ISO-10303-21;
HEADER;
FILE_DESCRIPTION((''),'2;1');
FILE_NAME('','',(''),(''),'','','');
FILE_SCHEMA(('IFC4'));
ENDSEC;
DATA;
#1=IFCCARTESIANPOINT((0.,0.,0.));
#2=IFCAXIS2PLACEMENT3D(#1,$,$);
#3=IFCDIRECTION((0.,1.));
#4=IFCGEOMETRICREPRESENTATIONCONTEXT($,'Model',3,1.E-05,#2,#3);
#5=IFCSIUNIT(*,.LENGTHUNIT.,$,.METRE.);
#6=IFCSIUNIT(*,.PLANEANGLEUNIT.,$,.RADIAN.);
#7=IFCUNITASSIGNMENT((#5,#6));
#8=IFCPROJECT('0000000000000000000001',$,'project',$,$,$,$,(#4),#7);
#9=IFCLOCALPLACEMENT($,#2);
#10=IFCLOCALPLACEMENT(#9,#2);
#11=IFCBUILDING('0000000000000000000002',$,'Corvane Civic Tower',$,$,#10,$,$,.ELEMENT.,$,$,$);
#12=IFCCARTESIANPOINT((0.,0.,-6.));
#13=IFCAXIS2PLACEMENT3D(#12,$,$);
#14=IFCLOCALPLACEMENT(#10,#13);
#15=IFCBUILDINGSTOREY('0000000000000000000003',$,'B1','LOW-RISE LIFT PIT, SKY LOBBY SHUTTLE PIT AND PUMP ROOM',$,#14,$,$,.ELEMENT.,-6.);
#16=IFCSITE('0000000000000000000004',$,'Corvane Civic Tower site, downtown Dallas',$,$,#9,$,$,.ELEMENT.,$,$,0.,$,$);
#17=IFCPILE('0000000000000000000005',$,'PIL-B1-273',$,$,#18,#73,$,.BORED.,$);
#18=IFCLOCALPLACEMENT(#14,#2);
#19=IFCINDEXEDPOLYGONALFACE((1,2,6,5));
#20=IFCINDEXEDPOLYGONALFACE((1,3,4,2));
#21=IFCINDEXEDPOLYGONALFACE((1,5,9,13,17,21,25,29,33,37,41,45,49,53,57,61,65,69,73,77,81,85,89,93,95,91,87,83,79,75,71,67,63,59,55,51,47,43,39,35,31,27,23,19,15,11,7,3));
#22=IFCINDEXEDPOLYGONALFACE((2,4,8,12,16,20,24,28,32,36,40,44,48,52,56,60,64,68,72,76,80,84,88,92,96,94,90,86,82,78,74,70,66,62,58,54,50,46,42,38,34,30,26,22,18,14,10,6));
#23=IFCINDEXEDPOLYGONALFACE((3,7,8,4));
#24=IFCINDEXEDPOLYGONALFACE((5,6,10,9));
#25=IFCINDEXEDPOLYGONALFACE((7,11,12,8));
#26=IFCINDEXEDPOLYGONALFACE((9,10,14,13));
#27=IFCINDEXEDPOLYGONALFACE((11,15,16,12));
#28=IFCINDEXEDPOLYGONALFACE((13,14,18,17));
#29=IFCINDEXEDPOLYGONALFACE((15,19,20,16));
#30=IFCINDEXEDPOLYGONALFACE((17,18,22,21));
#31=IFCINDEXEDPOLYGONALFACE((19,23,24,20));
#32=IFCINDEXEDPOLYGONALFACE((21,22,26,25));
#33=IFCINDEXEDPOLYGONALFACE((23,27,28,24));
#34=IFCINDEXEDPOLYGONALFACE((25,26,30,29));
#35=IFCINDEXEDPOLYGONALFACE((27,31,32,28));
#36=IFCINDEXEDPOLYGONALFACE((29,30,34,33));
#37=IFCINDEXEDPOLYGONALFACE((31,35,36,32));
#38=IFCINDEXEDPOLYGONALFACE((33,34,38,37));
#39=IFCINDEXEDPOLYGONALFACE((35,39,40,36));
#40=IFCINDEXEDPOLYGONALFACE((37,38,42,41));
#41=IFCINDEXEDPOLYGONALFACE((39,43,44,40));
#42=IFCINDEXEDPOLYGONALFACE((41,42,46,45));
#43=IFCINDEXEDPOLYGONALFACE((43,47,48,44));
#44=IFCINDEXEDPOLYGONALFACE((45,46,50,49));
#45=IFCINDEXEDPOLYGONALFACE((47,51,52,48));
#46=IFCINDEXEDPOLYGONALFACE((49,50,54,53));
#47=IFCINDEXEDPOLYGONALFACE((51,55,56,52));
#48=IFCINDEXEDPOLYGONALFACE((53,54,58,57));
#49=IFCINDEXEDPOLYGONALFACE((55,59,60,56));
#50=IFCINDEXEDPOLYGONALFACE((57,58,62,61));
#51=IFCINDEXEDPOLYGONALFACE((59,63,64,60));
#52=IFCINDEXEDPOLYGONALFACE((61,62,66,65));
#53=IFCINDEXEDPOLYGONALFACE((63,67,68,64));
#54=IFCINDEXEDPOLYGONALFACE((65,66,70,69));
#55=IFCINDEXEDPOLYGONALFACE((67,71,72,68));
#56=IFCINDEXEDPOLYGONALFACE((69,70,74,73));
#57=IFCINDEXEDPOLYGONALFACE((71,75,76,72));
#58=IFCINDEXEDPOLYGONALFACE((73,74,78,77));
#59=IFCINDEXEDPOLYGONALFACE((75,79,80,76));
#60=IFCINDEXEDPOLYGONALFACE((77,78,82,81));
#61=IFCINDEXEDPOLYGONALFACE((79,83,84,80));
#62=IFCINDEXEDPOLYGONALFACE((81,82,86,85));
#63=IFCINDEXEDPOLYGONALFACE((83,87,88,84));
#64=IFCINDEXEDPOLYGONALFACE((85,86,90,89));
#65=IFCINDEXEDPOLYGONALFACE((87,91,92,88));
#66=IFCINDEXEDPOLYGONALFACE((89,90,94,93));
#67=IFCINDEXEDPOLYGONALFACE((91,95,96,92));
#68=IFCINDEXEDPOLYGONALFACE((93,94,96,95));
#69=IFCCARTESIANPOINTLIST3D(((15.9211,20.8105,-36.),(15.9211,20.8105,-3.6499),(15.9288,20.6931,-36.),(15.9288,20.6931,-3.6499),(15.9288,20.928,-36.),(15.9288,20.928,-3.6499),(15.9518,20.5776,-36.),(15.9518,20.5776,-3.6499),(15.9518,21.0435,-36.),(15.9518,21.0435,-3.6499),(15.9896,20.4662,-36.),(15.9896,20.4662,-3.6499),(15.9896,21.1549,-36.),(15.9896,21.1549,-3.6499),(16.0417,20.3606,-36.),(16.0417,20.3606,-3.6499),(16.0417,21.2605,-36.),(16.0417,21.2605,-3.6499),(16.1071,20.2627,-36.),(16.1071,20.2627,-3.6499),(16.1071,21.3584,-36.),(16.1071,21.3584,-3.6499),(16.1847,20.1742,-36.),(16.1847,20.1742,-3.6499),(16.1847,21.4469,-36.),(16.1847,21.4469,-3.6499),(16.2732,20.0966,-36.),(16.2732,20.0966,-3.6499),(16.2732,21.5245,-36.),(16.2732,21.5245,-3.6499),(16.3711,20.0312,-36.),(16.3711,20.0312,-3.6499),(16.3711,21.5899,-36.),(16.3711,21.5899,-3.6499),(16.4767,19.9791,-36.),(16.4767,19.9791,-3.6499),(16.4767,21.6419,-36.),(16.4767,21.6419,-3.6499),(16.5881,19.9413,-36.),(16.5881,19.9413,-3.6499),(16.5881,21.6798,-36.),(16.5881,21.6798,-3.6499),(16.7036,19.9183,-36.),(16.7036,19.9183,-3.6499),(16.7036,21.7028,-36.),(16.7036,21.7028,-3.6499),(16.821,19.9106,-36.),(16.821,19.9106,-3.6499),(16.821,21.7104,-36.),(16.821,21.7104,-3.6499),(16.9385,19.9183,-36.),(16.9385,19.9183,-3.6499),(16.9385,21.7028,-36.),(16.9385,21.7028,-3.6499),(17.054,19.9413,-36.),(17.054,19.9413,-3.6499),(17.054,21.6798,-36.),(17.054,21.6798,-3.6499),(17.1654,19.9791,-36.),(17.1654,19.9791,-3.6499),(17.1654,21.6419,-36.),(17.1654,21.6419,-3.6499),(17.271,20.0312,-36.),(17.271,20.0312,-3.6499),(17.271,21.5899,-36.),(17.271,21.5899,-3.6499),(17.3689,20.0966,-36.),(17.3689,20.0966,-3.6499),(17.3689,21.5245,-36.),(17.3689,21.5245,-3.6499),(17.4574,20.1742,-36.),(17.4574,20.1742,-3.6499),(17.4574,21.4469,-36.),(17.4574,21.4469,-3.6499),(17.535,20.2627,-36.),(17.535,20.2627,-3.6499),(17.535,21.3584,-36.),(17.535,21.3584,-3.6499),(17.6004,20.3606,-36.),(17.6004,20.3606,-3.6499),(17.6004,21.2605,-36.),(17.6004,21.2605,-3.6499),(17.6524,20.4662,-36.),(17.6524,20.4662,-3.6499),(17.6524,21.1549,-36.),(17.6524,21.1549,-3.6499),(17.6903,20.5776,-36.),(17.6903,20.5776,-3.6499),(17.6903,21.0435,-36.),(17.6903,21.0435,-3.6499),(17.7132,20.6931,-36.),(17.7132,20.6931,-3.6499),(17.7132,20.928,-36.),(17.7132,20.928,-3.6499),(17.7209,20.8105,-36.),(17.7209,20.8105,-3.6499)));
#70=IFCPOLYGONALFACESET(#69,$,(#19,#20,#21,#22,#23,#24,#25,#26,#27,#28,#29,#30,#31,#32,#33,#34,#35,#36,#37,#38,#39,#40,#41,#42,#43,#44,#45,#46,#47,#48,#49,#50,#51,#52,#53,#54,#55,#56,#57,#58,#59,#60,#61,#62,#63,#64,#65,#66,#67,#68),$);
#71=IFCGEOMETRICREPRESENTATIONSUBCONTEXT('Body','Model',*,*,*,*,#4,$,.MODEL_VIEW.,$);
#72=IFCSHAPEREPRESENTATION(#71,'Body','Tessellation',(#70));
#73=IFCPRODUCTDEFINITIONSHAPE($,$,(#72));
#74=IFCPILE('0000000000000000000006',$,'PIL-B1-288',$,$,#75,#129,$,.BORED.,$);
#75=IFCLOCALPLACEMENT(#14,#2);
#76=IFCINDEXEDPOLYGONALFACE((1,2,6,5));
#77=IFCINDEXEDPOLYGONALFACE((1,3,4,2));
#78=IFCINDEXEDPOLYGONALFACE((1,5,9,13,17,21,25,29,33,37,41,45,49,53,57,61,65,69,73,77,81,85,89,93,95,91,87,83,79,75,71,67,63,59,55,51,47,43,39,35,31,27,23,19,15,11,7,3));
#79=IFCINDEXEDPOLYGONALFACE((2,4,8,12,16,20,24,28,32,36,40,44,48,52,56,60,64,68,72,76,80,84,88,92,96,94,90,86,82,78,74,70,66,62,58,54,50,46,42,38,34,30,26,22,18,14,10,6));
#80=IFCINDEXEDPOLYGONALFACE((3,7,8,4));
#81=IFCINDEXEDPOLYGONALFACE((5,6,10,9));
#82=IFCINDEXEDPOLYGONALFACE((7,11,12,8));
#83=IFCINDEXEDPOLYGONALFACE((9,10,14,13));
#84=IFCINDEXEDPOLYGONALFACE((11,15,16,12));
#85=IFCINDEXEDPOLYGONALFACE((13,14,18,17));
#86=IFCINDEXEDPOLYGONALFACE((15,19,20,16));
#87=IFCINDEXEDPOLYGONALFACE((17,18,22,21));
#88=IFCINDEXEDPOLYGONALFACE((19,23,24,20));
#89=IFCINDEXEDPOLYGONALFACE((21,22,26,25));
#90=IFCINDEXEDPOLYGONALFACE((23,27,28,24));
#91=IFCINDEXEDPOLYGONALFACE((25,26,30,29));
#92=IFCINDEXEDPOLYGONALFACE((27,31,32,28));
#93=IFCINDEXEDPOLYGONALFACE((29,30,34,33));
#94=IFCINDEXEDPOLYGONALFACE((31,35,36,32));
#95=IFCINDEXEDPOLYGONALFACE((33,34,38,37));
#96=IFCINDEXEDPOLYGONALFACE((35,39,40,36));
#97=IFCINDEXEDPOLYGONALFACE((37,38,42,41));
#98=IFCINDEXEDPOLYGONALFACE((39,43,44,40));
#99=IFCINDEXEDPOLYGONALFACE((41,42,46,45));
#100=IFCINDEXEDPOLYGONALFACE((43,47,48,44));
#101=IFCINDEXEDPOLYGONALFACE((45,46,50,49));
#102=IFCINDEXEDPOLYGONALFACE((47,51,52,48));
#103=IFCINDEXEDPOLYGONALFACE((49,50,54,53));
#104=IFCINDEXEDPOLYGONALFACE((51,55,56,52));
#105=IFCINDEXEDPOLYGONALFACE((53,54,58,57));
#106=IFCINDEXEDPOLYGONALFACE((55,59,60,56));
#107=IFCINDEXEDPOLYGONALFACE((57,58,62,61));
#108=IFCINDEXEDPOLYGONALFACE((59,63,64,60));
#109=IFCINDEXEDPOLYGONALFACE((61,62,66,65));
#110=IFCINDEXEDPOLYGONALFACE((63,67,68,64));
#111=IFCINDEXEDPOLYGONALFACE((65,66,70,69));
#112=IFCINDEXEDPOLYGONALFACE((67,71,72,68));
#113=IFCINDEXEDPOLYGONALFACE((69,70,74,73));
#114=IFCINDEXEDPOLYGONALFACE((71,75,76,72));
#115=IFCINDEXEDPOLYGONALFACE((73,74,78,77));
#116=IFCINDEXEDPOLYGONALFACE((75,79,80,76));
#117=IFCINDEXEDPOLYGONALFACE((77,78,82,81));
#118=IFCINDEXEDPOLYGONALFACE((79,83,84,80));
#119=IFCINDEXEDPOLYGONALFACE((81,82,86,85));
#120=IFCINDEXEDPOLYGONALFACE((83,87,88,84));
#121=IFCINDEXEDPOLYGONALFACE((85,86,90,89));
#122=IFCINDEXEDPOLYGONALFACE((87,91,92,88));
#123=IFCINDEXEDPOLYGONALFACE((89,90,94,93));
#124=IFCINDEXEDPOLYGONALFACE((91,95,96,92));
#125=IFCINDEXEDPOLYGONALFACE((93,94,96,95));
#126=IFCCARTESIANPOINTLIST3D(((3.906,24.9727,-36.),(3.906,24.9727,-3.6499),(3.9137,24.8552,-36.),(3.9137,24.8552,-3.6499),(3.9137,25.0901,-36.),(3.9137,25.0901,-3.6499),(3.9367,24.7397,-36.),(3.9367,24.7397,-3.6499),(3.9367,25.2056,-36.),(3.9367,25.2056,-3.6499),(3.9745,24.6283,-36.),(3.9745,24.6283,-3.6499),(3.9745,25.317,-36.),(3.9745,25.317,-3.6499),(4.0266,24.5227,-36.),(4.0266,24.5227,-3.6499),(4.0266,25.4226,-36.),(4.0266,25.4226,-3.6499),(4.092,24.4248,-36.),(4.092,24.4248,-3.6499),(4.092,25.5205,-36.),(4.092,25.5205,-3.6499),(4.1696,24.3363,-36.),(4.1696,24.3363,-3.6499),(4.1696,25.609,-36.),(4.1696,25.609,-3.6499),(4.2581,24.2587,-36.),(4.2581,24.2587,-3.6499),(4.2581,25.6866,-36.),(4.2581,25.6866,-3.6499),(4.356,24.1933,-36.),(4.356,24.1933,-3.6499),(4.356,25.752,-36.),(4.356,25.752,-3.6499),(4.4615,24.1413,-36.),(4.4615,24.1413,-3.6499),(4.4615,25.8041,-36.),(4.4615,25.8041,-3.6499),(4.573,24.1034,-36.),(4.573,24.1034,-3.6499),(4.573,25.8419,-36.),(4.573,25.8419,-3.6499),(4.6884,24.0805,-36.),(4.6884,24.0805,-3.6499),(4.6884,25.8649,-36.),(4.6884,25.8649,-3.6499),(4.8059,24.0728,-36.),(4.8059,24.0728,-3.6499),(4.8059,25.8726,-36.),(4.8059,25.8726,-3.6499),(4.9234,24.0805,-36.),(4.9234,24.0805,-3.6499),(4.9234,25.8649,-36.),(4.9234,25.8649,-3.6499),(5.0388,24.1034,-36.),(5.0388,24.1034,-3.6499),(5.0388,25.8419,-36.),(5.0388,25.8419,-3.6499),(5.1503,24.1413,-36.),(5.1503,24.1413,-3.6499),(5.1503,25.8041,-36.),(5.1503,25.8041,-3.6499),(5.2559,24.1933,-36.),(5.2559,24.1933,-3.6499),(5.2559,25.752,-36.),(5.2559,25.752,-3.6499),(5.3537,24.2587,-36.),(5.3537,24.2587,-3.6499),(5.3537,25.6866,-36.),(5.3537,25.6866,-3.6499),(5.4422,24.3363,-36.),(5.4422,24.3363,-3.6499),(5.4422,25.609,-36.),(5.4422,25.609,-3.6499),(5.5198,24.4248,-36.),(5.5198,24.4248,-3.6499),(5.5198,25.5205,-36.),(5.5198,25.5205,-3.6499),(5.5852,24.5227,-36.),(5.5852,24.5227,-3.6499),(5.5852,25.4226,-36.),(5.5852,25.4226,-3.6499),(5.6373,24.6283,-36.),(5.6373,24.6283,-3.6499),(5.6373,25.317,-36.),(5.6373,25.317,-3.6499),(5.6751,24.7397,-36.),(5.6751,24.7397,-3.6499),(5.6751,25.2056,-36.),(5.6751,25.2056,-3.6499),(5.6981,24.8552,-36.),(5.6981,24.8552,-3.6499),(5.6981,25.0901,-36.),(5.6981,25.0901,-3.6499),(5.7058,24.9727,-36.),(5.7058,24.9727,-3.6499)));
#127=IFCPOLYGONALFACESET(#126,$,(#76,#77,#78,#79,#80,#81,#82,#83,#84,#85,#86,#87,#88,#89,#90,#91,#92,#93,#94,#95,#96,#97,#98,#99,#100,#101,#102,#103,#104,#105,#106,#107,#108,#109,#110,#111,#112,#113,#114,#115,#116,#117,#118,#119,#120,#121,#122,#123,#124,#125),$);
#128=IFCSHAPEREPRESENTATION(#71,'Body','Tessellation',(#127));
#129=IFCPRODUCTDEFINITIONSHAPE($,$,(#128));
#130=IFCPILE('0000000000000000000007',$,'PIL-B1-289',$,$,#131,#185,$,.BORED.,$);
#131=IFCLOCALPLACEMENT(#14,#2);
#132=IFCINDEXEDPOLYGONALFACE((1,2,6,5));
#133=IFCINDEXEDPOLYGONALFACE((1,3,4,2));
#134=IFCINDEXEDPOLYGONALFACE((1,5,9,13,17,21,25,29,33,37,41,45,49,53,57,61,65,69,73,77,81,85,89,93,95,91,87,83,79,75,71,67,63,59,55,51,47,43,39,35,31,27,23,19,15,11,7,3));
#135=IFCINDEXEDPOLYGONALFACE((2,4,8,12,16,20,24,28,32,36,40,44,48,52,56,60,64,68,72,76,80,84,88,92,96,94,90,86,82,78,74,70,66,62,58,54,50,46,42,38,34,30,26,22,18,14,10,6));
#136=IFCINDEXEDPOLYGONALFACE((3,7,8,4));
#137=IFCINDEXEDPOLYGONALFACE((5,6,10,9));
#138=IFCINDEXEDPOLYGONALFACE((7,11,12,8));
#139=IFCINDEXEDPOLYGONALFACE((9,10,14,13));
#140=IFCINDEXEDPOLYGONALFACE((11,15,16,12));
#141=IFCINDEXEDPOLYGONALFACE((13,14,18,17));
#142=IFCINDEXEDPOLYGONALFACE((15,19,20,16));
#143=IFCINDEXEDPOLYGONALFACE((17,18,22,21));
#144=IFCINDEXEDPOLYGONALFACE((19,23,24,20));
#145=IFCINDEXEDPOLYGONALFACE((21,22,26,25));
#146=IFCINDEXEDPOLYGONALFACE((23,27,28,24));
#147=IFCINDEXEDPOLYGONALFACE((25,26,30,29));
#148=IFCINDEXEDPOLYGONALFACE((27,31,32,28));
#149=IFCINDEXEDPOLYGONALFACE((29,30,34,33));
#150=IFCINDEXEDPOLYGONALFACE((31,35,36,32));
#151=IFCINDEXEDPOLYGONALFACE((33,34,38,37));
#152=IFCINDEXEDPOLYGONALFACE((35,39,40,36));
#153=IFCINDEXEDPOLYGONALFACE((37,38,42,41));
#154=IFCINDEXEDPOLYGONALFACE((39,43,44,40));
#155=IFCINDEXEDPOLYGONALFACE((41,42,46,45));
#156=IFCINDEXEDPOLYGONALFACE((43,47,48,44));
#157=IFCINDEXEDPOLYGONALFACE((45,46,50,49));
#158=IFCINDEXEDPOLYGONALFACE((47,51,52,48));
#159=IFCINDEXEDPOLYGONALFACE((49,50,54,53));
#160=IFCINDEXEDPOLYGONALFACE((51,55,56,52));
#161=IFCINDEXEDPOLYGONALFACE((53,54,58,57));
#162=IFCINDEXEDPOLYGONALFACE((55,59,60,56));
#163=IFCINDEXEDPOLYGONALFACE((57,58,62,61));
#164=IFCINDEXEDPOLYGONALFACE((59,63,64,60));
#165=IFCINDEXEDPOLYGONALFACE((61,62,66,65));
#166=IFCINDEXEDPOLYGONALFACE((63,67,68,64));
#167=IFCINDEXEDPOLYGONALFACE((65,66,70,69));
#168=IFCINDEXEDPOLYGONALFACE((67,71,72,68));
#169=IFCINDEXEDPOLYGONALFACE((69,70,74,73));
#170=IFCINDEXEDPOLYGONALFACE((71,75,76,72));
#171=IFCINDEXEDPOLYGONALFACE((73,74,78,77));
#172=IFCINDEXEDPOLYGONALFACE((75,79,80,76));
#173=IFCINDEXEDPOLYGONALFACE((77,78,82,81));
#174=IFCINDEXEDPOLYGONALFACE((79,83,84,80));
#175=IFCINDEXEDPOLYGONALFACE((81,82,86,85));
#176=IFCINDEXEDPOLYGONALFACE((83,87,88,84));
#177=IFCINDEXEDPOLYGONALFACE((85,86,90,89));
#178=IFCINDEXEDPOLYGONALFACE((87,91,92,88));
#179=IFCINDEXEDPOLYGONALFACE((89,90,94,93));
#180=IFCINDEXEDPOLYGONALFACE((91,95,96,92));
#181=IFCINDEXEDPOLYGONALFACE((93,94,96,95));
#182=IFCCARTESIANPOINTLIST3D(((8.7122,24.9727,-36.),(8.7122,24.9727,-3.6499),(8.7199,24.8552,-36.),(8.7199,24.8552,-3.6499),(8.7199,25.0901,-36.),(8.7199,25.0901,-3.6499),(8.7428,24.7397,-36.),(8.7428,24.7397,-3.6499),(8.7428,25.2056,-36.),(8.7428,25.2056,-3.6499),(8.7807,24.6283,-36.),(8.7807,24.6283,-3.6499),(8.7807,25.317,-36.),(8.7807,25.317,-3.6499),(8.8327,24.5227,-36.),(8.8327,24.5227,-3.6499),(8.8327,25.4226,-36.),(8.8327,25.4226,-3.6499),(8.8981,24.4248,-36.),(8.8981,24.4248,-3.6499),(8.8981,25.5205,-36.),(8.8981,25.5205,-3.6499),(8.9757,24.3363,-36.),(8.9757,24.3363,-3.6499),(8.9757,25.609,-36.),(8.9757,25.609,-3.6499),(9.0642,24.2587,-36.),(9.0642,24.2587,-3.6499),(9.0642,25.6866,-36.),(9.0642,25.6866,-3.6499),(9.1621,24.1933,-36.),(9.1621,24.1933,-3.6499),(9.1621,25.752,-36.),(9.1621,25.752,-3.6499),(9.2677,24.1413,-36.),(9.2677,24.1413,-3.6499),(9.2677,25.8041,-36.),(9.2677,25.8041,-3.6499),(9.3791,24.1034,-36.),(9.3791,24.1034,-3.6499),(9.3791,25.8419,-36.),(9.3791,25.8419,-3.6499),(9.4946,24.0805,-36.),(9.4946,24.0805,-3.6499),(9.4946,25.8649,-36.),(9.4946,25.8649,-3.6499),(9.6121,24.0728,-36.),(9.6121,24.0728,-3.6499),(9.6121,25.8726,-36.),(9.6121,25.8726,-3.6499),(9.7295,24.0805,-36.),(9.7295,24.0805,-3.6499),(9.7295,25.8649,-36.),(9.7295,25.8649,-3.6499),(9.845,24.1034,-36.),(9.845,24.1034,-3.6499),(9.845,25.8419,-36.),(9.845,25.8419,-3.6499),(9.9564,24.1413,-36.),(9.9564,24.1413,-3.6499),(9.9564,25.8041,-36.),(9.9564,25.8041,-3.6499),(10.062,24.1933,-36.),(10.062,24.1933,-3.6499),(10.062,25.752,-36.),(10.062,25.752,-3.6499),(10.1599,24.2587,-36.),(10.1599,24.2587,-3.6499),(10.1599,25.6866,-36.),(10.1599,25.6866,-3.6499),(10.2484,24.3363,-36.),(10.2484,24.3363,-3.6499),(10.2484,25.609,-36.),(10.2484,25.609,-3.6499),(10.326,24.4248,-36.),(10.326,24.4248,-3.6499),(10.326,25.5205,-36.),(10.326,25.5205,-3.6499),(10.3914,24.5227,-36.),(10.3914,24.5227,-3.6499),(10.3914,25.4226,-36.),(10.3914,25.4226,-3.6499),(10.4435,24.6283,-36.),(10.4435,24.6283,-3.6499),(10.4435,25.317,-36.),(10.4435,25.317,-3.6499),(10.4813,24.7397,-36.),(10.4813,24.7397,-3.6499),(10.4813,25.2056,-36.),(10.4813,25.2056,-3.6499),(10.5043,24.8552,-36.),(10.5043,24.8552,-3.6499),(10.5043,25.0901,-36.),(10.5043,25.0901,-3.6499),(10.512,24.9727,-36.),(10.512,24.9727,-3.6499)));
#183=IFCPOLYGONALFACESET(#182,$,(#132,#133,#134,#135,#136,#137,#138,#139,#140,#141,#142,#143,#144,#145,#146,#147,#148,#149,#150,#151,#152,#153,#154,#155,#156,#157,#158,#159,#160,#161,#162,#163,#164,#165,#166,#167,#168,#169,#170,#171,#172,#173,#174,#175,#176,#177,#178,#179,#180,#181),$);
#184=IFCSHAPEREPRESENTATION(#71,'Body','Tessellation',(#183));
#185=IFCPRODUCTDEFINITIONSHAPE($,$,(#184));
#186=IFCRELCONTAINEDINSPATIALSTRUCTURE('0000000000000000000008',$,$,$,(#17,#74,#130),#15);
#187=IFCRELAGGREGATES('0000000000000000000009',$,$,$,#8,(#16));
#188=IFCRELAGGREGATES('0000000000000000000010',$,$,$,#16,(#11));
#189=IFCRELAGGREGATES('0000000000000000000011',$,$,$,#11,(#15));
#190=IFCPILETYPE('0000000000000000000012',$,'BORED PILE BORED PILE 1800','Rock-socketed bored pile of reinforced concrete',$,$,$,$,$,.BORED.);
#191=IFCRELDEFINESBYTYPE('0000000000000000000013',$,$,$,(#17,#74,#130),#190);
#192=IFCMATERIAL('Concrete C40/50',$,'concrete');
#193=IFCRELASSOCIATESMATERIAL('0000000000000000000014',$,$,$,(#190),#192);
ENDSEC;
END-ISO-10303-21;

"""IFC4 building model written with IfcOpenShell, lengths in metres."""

from ifc_helpers import new_model, si_unit, direction, frame, origin, origin_2d, place, context, subcontext, project, spatial, circle, extrude, material, material_profile, profile_set, type_object, element, save


model = new_model("IFC4")

# Units and contexts
model_context = context("Model", 3, precision=1e-05, world=origin(), true_north=direction((0.0, 1.0)))
body_context = subcontext(model_context, "Body", "Model", "MODEL_VIEW")
ifc_project = project(units=[si_unit("LENGTHUNIT", "METRE"), si_unit("PLANEANGLEUNIT", "RADIAN")], contexts=[model_context])

# Site, building, storey
site_placement = place(None, origin())
site = spatial("IfcSite", under=ifc_project, at=site_placement, Name="Corvane Civic Tower site, downtown Dallas", CompositionType="ELEMENT", RefElevation=0.0)
building_placement = place(site_placement, origin())
building = spatial("IfcBuilding", under=site, at=building_placement, Name="Corvane Civic Tower", CompositionType="ELEMENT")
storey_placement = place(building_placement, frame((0.0, 0.0, -6.0)))
storey = spatial("IfcBuildingStorey", under=building, at=storey_placement, Name="B1", Description="LOW-RISE LIFT PIT, SKY LOBBY SHUTTLE PIT AND PUMP ROOM", CompositionType="ELEMENT", Elevation=-6.0)

# Piles
ifc_material_1 = material(Name="Concrete C40/50", Category="concrete")
ifc_material_profile = material_profile(ifc_material_1, circle(Radius=0.8999, at=origin_2d()), Name="BORED PILE 1800")
ifc_profile_set = profile_set([ifc_material_profile], Name="Concrete C40/50")
pile_type = type_object("IfcPileType", Name="BORED PILE BORED PILE 1800", Description="Rock-socketed bored pile of reinforced concrete", PredefinedType="BORED", material=ifc_profile_set)
for number, where, z_axis, x_axis, name in (
    (1, (16.821, 20.8105, -3.6499), (0.0, 0.0, -1.0), (1.0, 0.0, 0.0), "PIL-B1-273"),
    (2, (4.8059, 24.9727, -3.6499), (0.0, 0.0, -1.0), (1.0, 0.0, 0.0), "PIL-B1-288"),
    (3, (9.6121, 24.9727, -3.6499), (0.0, 0.0, -1.0), (1.0, 0.0, 0.0), "PIL-B1-289"),
):
    element("IfcPile", number, at=place(storey_placement, frame(where, z_axis=z_axis, x_axis=x_axis)), inside=storey, type_object=pile_type, Name=name, PredefinedType="BORED", context=body_context, shape_type="SweptSolid", body=[
        extrude(circle(Radius=0.8999, at=origin_2d()), origin(), (0.0, 0.0, 1.0), 32.3501),
    ])

save(model, "model.ifc")
